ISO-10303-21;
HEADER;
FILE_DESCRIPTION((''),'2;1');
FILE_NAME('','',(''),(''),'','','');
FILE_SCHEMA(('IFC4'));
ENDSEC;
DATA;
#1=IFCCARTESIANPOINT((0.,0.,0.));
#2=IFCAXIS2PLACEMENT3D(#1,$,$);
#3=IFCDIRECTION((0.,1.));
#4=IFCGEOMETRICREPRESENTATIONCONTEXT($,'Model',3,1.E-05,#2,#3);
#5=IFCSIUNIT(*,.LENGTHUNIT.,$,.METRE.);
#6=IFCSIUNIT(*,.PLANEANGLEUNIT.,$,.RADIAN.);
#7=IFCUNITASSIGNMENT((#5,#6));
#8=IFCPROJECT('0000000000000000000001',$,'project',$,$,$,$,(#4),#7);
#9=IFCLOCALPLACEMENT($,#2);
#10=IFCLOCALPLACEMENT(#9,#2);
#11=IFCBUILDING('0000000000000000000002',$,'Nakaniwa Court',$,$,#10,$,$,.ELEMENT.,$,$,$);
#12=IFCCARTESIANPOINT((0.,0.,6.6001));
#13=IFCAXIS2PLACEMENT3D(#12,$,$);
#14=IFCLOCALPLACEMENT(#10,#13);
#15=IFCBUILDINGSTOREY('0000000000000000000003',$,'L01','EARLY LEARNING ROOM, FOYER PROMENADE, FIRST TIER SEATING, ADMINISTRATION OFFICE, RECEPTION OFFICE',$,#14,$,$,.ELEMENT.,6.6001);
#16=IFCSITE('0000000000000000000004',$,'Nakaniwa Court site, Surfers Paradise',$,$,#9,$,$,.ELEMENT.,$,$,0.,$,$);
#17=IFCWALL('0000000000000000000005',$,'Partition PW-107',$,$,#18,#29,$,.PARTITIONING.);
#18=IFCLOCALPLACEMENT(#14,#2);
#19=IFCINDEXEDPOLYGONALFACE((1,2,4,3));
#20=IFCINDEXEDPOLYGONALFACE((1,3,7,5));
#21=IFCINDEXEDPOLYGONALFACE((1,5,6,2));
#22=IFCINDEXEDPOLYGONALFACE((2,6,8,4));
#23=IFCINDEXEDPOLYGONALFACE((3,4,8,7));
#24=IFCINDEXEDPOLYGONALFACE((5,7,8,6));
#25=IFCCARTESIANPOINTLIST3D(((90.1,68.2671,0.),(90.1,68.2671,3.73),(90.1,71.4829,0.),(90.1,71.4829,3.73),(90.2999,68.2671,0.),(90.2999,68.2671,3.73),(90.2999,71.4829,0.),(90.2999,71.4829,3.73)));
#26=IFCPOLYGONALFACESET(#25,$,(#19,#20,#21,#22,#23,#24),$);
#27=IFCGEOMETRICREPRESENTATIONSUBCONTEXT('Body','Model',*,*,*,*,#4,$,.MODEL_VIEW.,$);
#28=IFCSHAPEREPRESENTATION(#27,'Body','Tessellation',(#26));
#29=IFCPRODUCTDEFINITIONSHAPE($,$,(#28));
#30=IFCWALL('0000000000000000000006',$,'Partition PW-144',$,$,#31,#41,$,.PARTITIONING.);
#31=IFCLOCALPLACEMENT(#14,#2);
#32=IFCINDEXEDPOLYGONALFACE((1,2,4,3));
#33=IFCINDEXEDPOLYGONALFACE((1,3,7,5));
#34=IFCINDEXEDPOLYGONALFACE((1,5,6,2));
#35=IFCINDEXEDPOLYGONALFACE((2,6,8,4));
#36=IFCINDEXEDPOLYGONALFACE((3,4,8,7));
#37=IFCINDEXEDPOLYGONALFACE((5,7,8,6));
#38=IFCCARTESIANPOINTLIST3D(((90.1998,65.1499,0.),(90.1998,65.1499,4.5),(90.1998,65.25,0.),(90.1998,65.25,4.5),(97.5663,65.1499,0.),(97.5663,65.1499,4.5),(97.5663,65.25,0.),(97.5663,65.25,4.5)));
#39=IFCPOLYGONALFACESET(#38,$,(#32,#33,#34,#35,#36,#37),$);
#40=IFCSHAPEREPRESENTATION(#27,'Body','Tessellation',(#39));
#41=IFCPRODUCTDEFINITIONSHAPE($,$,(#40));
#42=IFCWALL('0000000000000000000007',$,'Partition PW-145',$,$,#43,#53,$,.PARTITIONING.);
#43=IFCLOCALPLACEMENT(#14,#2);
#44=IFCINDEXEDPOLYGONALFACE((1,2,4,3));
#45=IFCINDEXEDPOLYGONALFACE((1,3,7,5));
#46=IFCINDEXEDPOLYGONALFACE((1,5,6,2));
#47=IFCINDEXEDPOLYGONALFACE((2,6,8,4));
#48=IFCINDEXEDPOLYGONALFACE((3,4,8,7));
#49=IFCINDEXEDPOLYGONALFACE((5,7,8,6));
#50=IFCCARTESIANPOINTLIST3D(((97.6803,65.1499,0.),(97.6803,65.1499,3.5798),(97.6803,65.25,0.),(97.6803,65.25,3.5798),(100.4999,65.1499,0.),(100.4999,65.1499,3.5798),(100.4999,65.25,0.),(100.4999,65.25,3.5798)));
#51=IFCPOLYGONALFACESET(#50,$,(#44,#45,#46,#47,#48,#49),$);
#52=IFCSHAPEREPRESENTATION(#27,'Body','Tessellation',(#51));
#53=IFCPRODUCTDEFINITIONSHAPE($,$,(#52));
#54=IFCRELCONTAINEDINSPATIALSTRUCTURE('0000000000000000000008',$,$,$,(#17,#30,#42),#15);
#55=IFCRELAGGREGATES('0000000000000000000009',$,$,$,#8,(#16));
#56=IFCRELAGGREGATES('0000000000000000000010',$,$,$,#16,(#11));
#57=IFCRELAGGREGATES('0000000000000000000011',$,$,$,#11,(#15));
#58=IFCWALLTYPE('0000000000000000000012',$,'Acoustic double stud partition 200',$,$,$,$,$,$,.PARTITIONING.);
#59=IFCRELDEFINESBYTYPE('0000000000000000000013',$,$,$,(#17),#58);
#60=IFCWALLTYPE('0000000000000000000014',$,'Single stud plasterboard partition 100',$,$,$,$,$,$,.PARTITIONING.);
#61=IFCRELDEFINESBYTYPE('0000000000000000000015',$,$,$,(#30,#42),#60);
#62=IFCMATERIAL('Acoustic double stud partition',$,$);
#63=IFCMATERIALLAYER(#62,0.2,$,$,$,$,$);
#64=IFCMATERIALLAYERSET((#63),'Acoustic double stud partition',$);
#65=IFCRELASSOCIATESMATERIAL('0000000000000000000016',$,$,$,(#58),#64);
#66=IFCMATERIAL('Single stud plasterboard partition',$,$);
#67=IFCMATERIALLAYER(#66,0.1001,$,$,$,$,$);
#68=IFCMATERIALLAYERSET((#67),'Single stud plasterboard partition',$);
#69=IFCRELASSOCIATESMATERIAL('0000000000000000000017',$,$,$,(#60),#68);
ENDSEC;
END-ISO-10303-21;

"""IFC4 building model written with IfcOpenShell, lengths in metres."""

from ifc_helpers import new_model, si_unit, direction, frame, frame_2d, origin, place, context, subcontext, project, spatial, rectangle, extrude, material, layer, layer_set, type_object, element, save


model = new_model("IFC4")

# Units and contexts
model_context = context("Model", 3, precision=1e-05, world=origin(), true_north=direction((0.0, 1.0)))
body_context = subcontext(model_context, "Body", "Model", "MODEL_VIEW")
ifc_project = project(units=[si_unit("LENGTHUNIT", "METRE"), si_unit("PLANEANGLEUNIT", "RADIAN")], contexts=[model_context])

# Site, building, storey
site_placement = place(None, origin())
site = spatial("IfcSite", under=ifc_project, at=site_placement, Name="Nakaniwa Court site, Surfers Paradise", CompositionType="ELEMENT", RefElevation=0.0)
building_placement = place(site_placement, origin())
building = spatial("IfcBuilding", under=site, at=building_placement, Name="Nakaniwa Court", CompositionType="ELEMENT")
storey_placement = place(building_placement, frame((0.0, 0.0, 6.6001)))
storey = spatial("IfcBuildingStorey", under=building, at=storey_placement, Name="L01", Description="EARLY LEARNING ROOM, FOYER PROMENADE, FIRST TIER SEATING, ADMINISTRATION OFFICE, RECEPTION OFFICE", CompositionType="ELEMENT", Elevation=6.6001)

# Walls
ifc_material_1 = material(Name="Acoustic double stud partition")
ifc_layer_1 = layer(ifc_material_1, 0.2)
ifc_layer_set_1 = layer_set([ifc_layer_1], Name="Acoustic double stud partition")
wall_type_1 = type_object("IfcWallType", Name="Acoustic double stud partition 200", PredefinedType="PARTITIONING", material=ifc_layer_set_1)
wall_1_placement = place(storey_placement, frame((90.2, 68.2671, 0.0), z_axis=(0.0, 0.0, 1.0), x_axis=(0.0, 1.0, 0.0)))
element("IfcWall", 1, at=wall_1_placement, inside=storey, type_object=wall_type_1, Name="Partition PW-107", PredefinedType="PARTITIONING", context=body_context, shape_type="SweptSolid", body=[
    extrude(rectangle(XDim=3.2158, YDim=0.2, at=frame_2d((1.6079, 0.0))), origin(), (0.0, 0.0, 1.0), 3.73),
])
ifc_material_2 = material(Name="Single stud plasterboard partition")
ifc_layer_2 = layer(ifc_material_2, 0.1001)
ifc_layer_set_2 = layer_set([ifc_layer_2], Name="Single stud plasterboard partition")
wall_type_2 = type_object("IfcWallType", Name="Single stud plasterboard partition 100", PredefinedType="PARTITIONING", material=ifc_layer_set_2)
wall_2_placement = place(storey_placement, frame((90.2, 65.2, 0.0), z_axis=(0.0, 0.0, 1.0), x_axis=(1.0, 0.0, 0.0)))
element("IfcWall", 2, at=wall_2_placement, inside=storey, type_object=wall_type_2, Name="Partition PW-144", PredefinedType="PARTITIONING", context=body_context, shape_type="SweptSolid", body=[
    extrude(rectangle(XDim=7.3665, YDim=0.1001, at=frame_2d((3.6831, 0.0))), origin(), (0.0, 0.0, 1.0), 4.5),
])
wall_3_placement = place(storey_placement, frame((97.6804, 65.2, 0.0), z_axis=(0.0, 0.0, 1.0), x_axis=(1.0, 0.0, 0.0)))
element("IfcWall", 3, at=wall_3_placement, inside=storey, type_object=wall_type_2, Name="Partition PW-145", PredefinedType="PARTITIONING", context=body_context, shape_type="SweptSolid", body=[
    extrude(rectangle(XDim=2.8196, YDim=0.1001, at=frame_2d((1.4097, 0.0))), origin(), (0.0, 0.0, 1.0), 3.5798),
])

save(model, "model.ifc")
